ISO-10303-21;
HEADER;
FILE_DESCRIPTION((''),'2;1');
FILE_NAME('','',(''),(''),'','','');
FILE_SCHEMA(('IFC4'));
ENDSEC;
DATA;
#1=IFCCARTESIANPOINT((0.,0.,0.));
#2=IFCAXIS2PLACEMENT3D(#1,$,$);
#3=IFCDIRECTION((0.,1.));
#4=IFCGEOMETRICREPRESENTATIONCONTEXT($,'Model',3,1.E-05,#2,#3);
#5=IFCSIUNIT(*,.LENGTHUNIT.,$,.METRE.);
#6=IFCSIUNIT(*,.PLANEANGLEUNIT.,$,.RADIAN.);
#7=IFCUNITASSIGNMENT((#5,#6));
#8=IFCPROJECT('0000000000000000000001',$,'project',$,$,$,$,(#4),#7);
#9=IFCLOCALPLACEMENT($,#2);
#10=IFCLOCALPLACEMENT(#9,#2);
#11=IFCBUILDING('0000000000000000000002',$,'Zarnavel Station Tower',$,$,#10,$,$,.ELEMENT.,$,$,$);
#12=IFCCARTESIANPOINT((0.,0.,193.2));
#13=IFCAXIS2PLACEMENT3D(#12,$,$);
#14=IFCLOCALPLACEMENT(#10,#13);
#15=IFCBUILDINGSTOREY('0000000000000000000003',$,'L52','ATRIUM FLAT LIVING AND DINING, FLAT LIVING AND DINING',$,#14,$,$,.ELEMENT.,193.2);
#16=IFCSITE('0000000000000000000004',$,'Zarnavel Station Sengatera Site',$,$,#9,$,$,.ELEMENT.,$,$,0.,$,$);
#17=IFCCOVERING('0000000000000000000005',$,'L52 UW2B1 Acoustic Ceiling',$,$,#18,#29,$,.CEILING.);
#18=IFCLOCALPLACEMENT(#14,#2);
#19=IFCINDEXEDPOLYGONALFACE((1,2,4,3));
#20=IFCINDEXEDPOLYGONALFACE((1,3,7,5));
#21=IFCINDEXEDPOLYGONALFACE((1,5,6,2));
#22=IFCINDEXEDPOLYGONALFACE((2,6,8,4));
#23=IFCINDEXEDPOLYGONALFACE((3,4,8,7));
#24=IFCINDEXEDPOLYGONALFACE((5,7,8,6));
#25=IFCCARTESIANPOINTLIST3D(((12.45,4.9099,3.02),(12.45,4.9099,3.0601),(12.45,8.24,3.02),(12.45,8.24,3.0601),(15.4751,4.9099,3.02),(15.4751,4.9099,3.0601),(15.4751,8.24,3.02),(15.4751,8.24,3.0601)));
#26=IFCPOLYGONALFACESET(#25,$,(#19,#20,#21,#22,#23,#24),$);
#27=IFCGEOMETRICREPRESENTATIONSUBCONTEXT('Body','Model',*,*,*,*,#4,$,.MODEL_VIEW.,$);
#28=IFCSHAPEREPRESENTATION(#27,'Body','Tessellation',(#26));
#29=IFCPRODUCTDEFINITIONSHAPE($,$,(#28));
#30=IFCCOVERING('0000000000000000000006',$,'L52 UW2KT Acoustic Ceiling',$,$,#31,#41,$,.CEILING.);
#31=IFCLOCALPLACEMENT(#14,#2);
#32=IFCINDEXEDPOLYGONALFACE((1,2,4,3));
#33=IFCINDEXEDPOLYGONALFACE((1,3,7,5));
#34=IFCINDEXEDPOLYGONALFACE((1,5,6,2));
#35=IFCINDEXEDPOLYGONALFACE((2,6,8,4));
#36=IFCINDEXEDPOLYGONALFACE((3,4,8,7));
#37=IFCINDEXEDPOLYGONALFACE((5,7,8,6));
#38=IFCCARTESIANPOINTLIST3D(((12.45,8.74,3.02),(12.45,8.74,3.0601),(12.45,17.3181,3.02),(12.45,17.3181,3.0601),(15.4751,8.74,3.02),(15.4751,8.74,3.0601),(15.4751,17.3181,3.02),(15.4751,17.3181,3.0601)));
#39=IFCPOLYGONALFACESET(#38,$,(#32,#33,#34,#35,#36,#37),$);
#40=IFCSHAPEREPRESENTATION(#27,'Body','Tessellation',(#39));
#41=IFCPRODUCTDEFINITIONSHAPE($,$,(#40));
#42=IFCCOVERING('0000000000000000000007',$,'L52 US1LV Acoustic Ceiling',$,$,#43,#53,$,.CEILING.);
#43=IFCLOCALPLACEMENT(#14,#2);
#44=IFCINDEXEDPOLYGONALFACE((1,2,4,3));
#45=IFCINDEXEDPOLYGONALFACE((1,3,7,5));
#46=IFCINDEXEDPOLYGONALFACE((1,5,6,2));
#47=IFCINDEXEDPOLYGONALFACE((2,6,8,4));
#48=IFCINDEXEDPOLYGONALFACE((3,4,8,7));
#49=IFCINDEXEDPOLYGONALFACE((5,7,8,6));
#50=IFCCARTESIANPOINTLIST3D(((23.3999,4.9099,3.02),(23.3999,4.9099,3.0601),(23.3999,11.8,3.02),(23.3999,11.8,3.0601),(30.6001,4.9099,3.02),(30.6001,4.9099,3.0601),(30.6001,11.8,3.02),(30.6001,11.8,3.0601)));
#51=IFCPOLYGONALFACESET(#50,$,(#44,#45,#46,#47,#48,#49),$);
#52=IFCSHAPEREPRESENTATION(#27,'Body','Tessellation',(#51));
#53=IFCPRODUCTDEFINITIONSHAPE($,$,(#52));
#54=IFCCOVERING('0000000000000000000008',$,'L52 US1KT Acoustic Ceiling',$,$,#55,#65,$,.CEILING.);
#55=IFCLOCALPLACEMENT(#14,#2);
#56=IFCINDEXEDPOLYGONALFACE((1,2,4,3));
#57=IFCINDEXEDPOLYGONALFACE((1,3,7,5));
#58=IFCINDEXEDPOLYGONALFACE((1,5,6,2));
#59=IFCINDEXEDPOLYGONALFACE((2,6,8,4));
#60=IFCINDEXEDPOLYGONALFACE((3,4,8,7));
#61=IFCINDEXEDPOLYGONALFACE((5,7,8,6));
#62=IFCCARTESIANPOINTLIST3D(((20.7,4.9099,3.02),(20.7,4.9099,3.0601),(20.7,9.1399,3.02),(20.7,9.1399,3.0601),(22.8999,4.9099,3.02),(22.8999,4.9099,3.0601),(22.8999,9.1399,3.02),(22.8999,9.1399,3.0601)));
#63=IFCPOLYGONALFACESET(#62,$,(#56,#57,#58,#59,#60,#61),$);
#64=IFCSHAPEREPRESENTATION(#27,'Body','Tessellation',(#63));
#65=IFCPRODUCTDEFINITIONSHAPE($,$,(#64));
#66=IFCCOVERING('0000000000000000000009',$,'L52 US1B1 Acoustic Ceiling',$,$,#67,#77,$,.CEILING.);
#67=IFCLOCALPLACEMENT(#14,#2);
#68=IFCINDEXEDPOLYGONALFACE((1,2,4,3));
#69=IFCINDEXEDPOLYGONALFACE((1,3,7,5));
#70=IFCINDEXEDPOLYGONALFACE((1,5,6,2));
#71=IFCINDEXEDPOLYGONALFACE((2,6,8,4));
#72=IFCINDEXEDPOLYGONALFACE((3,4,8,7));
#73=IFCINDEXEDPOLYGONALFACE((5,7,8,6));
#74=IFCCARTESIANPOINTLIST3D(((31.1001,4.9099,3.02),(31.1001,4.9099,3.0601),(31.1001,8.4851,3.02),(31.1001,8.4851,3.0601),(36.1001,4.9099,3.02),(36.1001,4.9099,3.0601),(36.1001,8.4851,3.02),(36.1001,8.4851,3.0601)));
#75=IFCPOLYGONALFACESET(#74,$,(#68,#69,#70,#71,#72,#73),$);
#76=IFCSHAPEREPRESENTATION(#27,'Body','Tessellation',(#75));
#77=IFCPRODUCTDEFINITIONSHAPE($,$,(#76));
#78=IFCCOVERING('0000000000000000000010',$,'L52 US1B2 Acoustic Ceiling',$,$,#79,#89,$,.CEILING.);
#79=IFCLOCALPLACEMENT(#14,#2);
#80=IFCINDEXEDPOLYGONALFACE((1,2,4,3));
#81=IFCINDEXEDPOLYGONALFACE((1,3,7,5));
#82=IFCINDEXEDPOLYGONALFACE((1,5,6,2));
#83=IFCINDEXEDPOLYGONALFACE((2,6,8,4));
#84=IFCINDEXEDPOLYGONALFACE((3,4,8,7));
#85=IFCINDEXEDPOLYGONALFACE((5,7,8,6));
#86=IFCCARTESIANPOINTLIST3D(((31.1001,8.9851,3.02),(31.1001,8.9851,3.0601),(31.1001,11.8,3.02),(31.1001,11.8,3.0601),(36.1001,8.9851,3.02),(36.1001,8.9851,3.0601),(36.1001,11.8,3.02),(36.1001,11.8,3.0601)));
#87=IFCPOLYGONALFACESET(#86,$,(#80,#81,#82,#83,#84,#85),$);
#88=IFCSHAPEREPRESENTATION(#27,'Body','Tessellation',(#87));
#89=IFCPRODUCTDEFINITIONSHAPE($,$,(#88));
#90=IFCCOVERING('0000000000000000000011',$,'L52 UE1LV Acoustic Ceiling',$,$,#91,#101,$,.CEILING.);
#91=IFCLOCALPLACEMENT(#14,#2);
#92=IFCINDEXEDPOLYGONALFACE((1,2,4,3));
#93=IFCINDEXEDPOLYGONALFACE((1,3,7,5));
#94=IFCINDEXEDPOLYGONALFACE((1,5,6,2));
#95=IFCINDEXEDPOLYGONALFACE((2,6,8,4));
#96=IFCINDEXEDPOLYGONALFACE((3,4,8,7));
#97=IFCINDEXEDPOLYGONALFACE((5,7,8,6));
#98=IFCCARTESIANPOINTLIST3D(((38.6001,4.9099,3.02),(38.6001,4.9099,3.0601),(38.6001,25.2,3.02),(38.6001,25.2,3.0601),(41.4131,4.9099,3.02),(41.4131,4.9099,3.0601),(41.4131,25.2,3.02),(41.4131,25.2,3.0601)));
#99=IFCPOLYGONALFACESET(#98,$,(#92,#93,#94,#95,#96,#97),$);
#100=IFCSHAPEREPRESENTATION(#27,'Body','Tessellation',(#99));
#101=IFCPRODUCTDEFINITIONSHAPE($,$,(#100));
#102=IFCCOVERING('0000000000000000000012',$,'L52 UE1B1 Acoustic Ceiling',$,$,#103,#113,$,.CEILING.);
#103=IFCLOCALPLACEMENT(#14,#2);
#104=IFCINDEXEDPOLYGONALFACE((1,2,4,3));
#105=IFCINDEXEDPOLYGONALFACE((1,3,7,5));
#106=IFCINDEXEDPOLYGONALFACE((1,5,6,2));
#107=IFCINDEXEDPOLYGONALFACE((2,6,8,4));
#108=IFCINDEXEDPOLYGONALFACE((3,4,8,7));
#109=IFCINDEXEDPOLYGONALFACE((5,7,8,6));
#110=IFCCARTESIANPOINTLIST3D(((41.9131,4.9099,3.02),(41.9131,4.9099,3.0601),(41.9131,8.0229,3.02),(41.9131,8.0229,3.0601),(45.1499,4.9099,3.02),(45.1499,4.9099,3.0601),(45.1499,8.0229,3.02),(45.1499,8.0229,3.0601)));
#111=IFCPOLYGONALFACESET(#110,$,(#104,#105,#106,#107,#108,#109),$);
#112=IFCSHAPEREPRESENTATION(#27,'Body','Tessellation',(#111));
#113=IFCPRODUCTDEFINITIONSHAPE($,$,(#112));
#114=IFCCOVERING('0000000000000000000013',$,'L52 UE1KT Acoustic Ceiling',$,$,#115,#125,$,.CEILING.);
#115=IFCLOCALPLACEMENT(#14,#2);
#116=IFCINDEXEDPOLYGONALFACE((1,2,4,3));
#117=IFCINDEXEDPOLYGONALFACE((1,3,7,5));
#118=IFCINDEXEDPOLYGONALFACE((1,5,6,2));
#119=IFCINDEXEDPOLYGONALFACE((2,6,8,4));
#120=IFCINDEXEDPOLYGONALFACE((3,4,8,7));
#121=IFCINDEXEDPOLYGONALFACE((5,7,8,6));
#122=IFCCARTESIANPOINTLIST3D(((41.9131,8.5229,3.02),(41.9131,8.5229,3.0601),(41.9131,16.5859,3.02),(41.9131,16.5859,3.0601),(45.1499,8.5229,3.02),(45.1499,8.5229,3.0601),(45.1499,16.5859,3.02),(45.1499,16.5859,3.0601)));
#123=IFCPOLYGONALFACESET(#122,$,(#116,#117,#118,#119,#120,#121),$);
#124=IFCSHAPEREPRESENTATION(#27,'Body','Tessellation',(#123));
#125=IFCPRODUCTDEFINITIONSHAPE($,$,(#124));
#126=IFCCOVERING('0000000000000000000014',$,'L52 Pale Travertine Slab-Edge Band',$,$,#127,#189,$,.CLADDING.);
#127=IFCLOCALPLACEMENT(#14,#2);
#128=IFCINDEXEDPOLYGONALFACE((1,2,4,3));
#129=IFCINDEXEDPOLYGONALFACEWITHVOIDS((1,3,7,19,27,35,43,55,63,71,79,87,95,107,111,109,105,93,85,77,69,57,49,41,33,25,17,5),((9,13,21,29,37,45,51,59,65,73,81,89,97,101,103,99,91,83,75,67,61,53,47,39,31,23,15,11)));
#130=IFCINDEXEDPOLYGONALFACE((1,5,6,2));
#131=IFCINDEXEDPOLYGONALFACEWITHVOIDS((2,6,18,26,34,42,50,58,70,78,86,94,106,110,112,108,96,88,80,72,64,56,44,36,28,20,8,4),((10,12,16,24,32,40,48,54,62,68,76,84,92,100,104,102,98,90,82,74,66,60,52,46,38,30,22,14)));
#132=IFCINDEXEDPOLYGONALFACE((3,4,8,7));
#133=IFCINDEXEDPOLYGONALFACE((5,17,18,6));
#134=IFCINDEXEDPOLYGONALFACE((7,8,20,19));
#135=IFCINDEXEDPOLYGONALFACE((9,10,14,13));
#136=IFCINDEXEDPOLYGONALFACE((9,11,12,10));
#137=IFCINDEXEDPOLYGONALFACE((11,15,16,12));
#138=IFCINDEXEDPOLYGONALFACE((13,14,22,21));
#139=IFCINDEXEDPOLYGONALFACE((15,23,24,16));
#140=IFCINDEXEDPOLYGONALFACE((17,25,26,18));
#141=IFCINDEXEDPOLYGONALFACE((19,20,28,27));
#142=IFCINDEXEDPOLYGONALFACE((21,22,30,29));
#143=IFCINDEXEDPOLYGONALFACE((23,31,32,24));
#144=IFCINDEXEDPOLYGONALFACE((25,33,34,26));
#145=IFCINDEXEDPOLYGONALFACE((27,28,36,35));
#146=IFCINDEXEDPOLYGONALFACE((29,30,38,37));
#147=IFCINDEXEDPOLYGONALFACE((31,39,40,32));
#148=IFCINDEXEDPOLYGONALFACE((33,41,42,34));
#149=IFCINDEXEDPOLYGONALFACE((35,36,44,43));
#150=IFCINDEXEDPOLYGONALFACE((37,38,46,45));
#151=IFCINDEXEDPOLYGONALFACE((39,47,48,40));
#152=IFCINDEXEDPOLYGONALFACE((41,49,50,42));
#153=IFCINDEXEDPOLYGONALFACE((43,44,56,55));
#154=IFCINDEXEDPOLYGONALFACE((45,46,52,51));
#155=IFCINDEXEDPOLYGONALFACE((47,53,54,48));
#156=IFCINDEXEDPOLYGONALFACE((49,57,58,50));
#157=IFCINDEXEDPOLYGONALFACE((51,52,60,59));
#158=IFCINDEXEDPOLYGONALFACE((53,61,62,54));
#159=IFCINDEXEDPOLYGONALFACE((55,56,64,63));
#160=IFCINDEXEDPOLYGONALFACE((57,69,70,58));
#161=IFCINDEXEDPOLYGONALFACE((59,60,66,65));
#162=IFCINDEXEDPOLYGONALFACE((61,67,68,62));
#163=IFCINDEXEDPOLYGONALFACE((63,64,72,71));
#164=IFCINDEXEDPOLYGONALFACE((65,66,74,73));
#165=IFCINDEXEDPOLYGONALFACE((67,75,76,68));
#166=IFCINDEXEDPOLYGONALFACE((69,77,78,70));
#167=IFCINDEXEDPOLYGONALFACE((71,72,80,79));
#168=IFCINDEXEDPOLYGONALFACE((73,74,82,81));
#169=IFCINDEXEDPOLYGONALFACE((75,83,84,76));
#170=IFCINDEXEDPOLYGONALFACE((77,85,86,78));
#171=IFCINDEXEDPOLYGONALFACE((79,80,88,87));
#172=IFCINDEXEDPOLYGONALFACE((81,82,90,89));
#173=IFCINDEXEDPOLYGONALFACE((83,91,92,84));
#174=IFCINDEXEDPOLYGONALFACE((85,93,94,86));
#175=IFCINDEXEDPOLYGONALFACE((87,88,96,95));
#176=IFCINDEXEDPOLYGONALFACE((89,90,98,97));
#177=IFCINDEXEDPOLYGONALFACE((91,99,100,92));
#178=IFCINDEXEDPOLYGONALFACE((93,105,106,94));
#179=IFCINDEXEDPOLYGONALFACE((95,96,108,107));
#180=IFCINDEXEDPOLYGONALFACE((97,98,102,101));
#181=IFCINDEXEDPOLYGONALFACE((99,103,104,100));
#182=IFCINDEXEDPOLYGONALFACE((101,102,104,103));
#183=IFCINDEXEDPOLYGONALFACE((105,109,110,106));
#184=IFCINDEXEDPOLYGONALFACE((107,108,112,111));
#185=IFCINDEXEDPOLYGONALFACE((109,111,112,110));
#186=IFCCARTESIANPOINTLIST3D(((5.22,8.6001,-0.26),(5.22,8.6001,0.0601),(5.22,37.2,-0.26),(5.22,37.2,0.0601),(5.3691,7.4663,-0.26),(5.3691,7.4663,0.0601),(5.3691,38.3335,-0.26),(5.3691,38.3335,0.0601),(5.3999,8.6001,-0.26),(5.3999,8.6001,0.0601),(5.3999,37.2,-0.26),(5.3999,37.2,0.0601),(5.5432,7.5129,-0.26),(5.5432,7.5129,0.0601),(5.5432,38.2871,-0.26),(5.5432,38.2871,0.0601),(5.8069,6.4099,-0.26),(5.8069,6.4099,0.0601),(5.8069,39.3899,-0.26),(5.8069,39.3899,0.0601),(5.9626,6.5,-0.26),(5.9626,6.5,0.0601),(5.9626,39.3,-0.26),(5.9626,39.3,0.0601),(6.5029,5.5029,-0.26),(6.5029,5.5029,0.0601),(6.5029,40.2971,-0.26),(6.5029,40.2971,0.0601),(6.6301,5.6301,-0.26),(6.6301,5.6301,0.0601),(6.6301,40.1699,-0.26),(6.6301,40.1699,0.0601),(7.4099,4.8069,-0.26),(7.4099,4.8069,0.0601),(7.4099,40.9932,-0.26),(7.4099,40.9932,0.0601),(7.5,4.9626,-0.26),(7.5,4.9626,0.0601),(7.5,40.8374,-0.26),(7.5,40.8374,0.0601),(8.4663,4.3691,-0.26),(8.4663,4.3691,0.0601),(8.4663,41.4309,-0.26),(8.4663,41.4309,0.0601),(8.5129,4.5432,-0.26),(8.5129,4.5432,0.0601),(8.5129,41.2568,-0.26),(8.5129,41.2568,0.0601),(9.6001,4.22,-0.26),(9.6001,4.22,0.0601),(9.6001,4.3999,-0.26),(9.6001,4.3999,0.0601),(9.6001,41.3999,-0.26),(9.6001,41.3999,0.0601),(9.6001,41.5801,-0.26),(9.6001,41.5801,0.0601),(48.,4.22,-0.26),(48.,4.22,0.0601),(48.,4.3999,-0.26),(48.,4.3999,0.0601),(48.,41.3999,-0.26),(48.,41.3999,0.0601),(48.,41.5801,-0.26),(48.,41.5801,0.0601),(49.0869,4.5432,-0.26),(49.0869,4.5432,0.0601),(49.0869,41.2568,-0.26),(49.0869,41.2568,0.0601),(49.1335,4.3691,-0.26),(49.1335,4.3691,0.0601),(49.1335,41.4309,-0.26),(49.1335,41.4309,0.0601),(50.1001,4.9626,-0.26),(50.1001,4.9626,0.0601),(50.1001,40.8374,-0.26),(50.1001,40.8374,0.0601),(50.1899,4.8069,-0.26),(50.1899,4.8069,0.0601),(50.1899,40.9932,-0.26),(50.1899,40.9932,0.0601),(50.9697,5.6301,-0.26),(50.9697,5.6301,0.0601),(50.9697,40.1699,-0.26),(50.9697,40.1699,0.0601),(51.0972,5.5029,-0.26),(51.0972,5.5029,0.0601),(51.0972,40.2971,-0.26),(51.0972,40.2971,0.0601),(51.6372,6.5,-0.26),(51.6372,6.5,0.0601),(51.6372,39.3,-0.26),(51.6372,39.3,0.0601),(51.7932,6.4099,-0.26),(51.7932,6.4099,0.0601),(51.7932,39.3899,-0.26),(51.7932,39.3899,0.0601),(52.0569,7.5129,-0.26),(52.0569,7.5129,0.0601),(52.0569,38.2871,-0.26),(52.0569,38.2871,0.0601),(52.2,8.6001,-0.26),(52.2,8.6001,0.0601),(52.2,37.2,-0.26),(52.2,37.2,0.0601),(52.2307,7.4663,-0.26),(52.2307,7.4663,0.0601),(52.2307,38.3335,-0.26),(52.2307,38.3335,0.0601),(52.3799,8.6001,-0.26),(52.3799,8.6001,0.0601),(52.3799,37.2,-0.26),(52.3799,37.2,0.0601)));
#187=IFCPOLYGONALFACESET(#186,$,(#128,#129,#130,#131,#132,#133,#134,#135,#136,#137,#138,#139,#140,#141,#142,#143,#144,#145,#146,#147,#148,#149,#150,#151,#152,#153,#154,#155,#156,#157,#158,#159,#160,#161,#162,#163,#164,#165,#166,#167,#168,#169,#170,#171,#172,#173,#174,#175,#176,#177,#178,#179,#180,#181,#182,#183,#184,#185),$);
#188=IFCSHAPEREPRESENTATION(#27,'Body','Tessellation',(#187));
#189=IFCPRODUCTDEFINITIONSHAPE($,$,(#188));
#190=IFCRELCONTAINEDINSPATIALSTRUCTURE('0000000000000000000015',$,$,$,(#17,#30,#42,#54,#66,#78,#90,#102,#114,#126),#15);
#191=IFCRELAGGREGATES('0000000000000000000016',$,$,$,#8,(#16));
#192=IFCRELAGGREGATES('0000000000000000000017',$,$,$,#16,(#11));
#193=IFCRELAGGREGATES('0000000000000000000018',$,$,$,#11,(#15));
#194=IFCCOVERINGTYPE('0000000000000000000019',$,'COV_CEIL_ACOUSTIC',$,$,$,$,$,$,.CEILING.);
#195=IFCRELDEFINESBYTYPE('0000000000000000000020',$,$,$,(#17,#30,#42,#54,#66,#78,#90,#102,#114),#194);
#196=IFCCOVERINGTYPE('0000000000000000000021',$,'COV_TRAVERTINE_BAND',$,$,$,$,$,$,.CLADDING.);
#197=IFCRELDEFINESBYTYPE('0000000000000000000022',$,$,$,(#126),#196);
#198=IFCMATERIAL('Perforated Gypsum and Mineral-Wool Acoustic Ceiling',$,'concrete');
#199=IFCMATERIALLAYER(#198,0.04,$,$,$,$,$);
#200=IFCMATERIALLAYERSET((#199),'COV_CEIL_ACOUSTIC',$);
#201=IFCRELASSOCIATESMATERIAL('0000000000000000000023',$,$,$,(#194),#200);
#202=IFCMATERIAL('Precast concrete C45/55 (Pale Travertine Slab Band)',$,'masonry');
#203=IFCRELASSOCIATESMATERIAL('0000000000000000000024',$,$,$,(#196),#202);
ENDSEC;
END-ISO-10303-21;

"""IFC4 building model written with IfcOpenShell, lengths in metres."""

from ifc_helpers import new_model, si_unit, direction, frame, origin, place, context, subcontext, project, spatial, polyline, outline, extrude, material, layer, layer_set, type_object, element, save


model = new_model("IFC4")

# Units and contexts
model_context = context("Model", 3, precision=1e-05, world=origin(), true_north=direction((0.0, 1.0)))
body_context = subcontext(model_context, "Body", "Model", "MODEL_VIEW")
ifc_project = project(units=[si_unit("LENGTHUNIT", "METRE"), si_unit("PLANEANGLEUNIT", "RADIAN")], contexts=[model_context])

# Site, building, storey
site_placement = place(None, origin())
site = spatial("IfcSite", under=ifc_project, at=site_placement, Name="Zarnavel Station Sengatera Site", CompositionType="ELEMENT", RefElevation=0.0)
building_placement = place(site_placement, origin())
building = spatial("IfcBuilding", under=site, at=building_placement, Name="Zarnavel Station Tower", CompositionType="ELEMENT")
storey_placement = place(building_placement, frame((0.0, 0.0, 193.2)))
storey = spatial("IfcBuildingStorey", under=building, at=storey_placement, Name="L52", Description="ATRIUM FLAT LIVING AND DINING, FLAT LIVING AND DINING", CompositionType="ELEMENT", Elevation=193.2)

# Coverings
ifc_material_1 = material(Name="Perforated Gypsum and Mineral-Wool Acoustic Ceiling", Category="concrete")
ifc_layer_1 = layer(ifc_material_1, 0.04)
ifc_layer_set_1 = layer_set([ifc_layer_1], Name="COV_CEIL_ACOUSTIC")
covering_type_1 = type_object("IfcCoveringType", Name="COV_CEIL_ACOUSTIC", PredefinedType="CEILING", material=ifc_layer_set_1)
covering_1_placement = place(storey_placement, frame((0.0, 0.0, 3.02)))
element("IfcCovering", 1, at=covering_1_placement, inside=storey, type_object=covering_type_1, Name="L52 UW2B1 Acoustic Ceiling", PredefinedType="CEILING", context=body_context, shape_type="SweptSolid", body=[
    extrude(outline(polyline([(12.45, 4.9099), (15.4751, 4.9099), (15.4751, 8.24), (12.45, 8.24), (12.45, 4.9099)])), origin(), (0.0, 0.0, 1.0), 0.04),
])
covering_2_placement = place(storey_placement, frame((0.0, 0.0, 3.02)))
element("IfcCovering", 2, at=covering_2_placement, inside=storey, type_object=covering_type_1, Name="L52 UW2KT Acoustic Ceiling", PredefinedType="CEILING", context=body_context, shape_type="SweptSolid", body=[
    extrude(outline(polyline([(12.45, 8.74), (15.4751, 8.74), (15.4751, 17.3181), (12.45, 17.3181), (12.45, 8.74)])), origin(), (0.0, 0.0, 1.0), 0.04),
])
covering_3_placement = place(storey_placement, frame((0.0, 0.0, 3.02)))
element("IfcCovering", 3, at=covering_3_placement, inside=storey, type_object=covering_type_1, Name="L52 US1LV Acoustic Ceiling", PredefinedType="CEILING", context=body_context, shape_type="SweptSolid", body=[
    extrude(outline(polyline([(23.3999, 4.9099), (30.6001, 4.9099), (30.6001, 11.8), (23.3999, 11.8), (23.3999, 4.9099)])), origin(), (0.0, 0.0, 1.0), 0.04),
])
covering_4_placement = place(storey_placement, frame((0.0, 0.0, 3.02)))
element("IfcCovering", 4, at=covering_4_placement, inside=storey, type_object=covering_type_1, Name="L52 US1KT Acoustic Ceiling", PredefinedType="CEILING", context=body_context, shape_type="SweptSolid", body=[
    extrude(outline(polyline([(20.7, 4.9099), (22.8999, 4.9099), (22.8999, 9.1399), (20.7, 9.1399), (20.7, 4.9099)])), origin(), (0.0, 0.0, 1.0), 0.04),
])
covering_5_placement = place(storey_placement, frame((0.0, 0.0, 3.02)))
element("IfcCovering", 5, at=covering_5_placement, inside=storey, type_object=covering_type_1, Name="L52 US1B1 Acoustic Ceiling", PredefinedType="CEILING", context=body_context, shape_type="SweptSolid", body=[
    extrude(outline(polyline([(31.1001, 4.9099), (36.1001, 4.9099), (36.1001, 8.4851), (31.1001, 8.4851), (31.1001, 4.9099)])), origin(), (0.0, 0.0, 1.0), 0.04),
])
covering_6_placement = place(storey_placement, frame((0.0, 0.0, 3.02)))
element("IfcCovering", 6, at=covering_6_placement, inside=storey, type_object=covering_type_1, Name="L52 US1B2 Acoustic Ceiling", PredefinedType="CEILING", context=body_context, shape_type="SweptSolid", body=[
    extrude(outline(polyline([(31.1001, 8.9851), (36.1001, 8.9851), (36.1001, 11.8), (31.1001, 11.8), (31.1001, 8.9851)])), origin(), (0.0, 0.0, 1.0), 0.04),
])
covering_7_placement = place(storey_placement, frame((0.0, 0.0, 3.02)))
element("IfcCovering", 7, at=covering_7_placement, inside=storey, type_object=covering_type_1, Name="L52 UE1LV Acoustic Ceiling", PredefinedType="CEILING", context=body_context, shape_type="SweptSolid", body=[
    extrude(outline(polyline([(38.6001, 4.9099), (41.4131, 4.9099), (41.4131, 25.2), (38.6001, 25.2), (38.6001, 4.9099)])), origin(), (0.0, 0.0, 1.0), 0.04),
])
covering_8_placement = place(storey_placement, frame((0.0, 0.0, 3.02)))
element("IfcCovering", 8, at=covering_8_placement, inside=storey, type_object=covering_type_1, Name="L52 UE1B1 Acoustic Ceiling", PredefinedType="CEILING", context=body_context, shape_type="SweptSolid", body=[
    extrude(outline(polyline([(41.9131, 4.9099), (45.1499, 4.9099), (45.1499, 8.0229), (41.9131, 8.0229), (41.9131, 4.9099)])), origin(), (0.0, 0.0, 1.0), 0.04),
])
covering_9_placement = place(storey_placement, frame((0.0, 0.0, 3.02)))
element("IfcCovering", 9, at=covering_9_placement, inside=storey, type_object=covering_type_1, Name="L52 UE1KT Acoustic Ceiling", PredefinedType="CEILING", context=body_context, shape_type="SweptSolid", body=[
    extrude(outline(polyline([(41.9131, 8.5229), (45.1499, 8.5229), (45.1499, 16.5859), (41.9131, 16.5859), (41.9131, 8.5229)])), origin(), (0.0, 0.0, 1.0), 0.04),
])
ifc_material_2 = material(Name="Precast concrete C45/55 (Pale Travertine Slab Band)", Category="masonry")
covering_type_2 = type_object("IfcCoveringType", Name="COV_TRAVERTINE_BAND", PredefinedType="CLADDING", material=ifc_material_2)
covering_10_placement = place(storey_placement, frame((0.0, 0.0, -0.26)))
element("IfcCovering", 10, at=covering_10_placement, inside=storey, type_object=covering_type_2, Name="L52 Pale Travertine Slab-Edge Band", PredefinedType="CLADDING", context=body_context, shape_type="SweptSolid", body=[
    extrude(outline(polyline([(48.0, 4.22), (49.1335, 4.3691), (50.1899, 4.8069), (51.0972, 5.5029), (51.7932, 6.4099), (52.2307, 7.4663), (52.3799, 8.6001), (52.3799, 37.2), (52.2307, 38.3335), (51.7932, 39.3899), (51.0972, 40.2971), (50.1899, 40.9932), (49.1335, 41.4309), (48.0, 41.5801), (9.6001, 41.5801), (8.4663, 41.4309), (7.4099, 40.9932), (6.5029, 40.2971), (5.8069, 39.3899), (5.3691, 38.3335), (5.22, 37.2), (5.22, 8.6001), (5.3691, 7.4663), (5.8069, 6.4099), (6.5029, 5.5029), (7.4099, 4.8069), (8.4663, 4.3691), (9.6001, 4.22), (48.0, 4.22)]), holes=[polyline([(48.0, 4.3999), (49.0869, 4.5432), (50.1001, 4.9626), (50.9697, 5.6301), (51.6372, 6.5), (52.0569, 7.5129), (52.2, 8.6001), (52.2, 37.2), (52.0569, 38.2871), (51.6372, 39.3), (50.9697, 40.1699), (50.1001, 40.8374), (49.0869, 41.2568), (48.0, 41.3999), (9.6001, 41.3999), (8.5129, 41.2568), (7.5, 40.8374), (6.6301, 40.1699), (5.9626, 39.3), (5.5432, 38.2871), (5.3999, 37.2), (5.3999, 8.6001), (5.5432, 7.5129), (5.9626, 6.5), (6.6301, 5.6301), (7.5, 4.9626), (8.5129, 4.5432), (9.6001, 4.3999), (48.0, 4.3999)])]), origin(), (0.0, 0.0, 1.0), 0.3201),
])

save(model, "model.ifc")
